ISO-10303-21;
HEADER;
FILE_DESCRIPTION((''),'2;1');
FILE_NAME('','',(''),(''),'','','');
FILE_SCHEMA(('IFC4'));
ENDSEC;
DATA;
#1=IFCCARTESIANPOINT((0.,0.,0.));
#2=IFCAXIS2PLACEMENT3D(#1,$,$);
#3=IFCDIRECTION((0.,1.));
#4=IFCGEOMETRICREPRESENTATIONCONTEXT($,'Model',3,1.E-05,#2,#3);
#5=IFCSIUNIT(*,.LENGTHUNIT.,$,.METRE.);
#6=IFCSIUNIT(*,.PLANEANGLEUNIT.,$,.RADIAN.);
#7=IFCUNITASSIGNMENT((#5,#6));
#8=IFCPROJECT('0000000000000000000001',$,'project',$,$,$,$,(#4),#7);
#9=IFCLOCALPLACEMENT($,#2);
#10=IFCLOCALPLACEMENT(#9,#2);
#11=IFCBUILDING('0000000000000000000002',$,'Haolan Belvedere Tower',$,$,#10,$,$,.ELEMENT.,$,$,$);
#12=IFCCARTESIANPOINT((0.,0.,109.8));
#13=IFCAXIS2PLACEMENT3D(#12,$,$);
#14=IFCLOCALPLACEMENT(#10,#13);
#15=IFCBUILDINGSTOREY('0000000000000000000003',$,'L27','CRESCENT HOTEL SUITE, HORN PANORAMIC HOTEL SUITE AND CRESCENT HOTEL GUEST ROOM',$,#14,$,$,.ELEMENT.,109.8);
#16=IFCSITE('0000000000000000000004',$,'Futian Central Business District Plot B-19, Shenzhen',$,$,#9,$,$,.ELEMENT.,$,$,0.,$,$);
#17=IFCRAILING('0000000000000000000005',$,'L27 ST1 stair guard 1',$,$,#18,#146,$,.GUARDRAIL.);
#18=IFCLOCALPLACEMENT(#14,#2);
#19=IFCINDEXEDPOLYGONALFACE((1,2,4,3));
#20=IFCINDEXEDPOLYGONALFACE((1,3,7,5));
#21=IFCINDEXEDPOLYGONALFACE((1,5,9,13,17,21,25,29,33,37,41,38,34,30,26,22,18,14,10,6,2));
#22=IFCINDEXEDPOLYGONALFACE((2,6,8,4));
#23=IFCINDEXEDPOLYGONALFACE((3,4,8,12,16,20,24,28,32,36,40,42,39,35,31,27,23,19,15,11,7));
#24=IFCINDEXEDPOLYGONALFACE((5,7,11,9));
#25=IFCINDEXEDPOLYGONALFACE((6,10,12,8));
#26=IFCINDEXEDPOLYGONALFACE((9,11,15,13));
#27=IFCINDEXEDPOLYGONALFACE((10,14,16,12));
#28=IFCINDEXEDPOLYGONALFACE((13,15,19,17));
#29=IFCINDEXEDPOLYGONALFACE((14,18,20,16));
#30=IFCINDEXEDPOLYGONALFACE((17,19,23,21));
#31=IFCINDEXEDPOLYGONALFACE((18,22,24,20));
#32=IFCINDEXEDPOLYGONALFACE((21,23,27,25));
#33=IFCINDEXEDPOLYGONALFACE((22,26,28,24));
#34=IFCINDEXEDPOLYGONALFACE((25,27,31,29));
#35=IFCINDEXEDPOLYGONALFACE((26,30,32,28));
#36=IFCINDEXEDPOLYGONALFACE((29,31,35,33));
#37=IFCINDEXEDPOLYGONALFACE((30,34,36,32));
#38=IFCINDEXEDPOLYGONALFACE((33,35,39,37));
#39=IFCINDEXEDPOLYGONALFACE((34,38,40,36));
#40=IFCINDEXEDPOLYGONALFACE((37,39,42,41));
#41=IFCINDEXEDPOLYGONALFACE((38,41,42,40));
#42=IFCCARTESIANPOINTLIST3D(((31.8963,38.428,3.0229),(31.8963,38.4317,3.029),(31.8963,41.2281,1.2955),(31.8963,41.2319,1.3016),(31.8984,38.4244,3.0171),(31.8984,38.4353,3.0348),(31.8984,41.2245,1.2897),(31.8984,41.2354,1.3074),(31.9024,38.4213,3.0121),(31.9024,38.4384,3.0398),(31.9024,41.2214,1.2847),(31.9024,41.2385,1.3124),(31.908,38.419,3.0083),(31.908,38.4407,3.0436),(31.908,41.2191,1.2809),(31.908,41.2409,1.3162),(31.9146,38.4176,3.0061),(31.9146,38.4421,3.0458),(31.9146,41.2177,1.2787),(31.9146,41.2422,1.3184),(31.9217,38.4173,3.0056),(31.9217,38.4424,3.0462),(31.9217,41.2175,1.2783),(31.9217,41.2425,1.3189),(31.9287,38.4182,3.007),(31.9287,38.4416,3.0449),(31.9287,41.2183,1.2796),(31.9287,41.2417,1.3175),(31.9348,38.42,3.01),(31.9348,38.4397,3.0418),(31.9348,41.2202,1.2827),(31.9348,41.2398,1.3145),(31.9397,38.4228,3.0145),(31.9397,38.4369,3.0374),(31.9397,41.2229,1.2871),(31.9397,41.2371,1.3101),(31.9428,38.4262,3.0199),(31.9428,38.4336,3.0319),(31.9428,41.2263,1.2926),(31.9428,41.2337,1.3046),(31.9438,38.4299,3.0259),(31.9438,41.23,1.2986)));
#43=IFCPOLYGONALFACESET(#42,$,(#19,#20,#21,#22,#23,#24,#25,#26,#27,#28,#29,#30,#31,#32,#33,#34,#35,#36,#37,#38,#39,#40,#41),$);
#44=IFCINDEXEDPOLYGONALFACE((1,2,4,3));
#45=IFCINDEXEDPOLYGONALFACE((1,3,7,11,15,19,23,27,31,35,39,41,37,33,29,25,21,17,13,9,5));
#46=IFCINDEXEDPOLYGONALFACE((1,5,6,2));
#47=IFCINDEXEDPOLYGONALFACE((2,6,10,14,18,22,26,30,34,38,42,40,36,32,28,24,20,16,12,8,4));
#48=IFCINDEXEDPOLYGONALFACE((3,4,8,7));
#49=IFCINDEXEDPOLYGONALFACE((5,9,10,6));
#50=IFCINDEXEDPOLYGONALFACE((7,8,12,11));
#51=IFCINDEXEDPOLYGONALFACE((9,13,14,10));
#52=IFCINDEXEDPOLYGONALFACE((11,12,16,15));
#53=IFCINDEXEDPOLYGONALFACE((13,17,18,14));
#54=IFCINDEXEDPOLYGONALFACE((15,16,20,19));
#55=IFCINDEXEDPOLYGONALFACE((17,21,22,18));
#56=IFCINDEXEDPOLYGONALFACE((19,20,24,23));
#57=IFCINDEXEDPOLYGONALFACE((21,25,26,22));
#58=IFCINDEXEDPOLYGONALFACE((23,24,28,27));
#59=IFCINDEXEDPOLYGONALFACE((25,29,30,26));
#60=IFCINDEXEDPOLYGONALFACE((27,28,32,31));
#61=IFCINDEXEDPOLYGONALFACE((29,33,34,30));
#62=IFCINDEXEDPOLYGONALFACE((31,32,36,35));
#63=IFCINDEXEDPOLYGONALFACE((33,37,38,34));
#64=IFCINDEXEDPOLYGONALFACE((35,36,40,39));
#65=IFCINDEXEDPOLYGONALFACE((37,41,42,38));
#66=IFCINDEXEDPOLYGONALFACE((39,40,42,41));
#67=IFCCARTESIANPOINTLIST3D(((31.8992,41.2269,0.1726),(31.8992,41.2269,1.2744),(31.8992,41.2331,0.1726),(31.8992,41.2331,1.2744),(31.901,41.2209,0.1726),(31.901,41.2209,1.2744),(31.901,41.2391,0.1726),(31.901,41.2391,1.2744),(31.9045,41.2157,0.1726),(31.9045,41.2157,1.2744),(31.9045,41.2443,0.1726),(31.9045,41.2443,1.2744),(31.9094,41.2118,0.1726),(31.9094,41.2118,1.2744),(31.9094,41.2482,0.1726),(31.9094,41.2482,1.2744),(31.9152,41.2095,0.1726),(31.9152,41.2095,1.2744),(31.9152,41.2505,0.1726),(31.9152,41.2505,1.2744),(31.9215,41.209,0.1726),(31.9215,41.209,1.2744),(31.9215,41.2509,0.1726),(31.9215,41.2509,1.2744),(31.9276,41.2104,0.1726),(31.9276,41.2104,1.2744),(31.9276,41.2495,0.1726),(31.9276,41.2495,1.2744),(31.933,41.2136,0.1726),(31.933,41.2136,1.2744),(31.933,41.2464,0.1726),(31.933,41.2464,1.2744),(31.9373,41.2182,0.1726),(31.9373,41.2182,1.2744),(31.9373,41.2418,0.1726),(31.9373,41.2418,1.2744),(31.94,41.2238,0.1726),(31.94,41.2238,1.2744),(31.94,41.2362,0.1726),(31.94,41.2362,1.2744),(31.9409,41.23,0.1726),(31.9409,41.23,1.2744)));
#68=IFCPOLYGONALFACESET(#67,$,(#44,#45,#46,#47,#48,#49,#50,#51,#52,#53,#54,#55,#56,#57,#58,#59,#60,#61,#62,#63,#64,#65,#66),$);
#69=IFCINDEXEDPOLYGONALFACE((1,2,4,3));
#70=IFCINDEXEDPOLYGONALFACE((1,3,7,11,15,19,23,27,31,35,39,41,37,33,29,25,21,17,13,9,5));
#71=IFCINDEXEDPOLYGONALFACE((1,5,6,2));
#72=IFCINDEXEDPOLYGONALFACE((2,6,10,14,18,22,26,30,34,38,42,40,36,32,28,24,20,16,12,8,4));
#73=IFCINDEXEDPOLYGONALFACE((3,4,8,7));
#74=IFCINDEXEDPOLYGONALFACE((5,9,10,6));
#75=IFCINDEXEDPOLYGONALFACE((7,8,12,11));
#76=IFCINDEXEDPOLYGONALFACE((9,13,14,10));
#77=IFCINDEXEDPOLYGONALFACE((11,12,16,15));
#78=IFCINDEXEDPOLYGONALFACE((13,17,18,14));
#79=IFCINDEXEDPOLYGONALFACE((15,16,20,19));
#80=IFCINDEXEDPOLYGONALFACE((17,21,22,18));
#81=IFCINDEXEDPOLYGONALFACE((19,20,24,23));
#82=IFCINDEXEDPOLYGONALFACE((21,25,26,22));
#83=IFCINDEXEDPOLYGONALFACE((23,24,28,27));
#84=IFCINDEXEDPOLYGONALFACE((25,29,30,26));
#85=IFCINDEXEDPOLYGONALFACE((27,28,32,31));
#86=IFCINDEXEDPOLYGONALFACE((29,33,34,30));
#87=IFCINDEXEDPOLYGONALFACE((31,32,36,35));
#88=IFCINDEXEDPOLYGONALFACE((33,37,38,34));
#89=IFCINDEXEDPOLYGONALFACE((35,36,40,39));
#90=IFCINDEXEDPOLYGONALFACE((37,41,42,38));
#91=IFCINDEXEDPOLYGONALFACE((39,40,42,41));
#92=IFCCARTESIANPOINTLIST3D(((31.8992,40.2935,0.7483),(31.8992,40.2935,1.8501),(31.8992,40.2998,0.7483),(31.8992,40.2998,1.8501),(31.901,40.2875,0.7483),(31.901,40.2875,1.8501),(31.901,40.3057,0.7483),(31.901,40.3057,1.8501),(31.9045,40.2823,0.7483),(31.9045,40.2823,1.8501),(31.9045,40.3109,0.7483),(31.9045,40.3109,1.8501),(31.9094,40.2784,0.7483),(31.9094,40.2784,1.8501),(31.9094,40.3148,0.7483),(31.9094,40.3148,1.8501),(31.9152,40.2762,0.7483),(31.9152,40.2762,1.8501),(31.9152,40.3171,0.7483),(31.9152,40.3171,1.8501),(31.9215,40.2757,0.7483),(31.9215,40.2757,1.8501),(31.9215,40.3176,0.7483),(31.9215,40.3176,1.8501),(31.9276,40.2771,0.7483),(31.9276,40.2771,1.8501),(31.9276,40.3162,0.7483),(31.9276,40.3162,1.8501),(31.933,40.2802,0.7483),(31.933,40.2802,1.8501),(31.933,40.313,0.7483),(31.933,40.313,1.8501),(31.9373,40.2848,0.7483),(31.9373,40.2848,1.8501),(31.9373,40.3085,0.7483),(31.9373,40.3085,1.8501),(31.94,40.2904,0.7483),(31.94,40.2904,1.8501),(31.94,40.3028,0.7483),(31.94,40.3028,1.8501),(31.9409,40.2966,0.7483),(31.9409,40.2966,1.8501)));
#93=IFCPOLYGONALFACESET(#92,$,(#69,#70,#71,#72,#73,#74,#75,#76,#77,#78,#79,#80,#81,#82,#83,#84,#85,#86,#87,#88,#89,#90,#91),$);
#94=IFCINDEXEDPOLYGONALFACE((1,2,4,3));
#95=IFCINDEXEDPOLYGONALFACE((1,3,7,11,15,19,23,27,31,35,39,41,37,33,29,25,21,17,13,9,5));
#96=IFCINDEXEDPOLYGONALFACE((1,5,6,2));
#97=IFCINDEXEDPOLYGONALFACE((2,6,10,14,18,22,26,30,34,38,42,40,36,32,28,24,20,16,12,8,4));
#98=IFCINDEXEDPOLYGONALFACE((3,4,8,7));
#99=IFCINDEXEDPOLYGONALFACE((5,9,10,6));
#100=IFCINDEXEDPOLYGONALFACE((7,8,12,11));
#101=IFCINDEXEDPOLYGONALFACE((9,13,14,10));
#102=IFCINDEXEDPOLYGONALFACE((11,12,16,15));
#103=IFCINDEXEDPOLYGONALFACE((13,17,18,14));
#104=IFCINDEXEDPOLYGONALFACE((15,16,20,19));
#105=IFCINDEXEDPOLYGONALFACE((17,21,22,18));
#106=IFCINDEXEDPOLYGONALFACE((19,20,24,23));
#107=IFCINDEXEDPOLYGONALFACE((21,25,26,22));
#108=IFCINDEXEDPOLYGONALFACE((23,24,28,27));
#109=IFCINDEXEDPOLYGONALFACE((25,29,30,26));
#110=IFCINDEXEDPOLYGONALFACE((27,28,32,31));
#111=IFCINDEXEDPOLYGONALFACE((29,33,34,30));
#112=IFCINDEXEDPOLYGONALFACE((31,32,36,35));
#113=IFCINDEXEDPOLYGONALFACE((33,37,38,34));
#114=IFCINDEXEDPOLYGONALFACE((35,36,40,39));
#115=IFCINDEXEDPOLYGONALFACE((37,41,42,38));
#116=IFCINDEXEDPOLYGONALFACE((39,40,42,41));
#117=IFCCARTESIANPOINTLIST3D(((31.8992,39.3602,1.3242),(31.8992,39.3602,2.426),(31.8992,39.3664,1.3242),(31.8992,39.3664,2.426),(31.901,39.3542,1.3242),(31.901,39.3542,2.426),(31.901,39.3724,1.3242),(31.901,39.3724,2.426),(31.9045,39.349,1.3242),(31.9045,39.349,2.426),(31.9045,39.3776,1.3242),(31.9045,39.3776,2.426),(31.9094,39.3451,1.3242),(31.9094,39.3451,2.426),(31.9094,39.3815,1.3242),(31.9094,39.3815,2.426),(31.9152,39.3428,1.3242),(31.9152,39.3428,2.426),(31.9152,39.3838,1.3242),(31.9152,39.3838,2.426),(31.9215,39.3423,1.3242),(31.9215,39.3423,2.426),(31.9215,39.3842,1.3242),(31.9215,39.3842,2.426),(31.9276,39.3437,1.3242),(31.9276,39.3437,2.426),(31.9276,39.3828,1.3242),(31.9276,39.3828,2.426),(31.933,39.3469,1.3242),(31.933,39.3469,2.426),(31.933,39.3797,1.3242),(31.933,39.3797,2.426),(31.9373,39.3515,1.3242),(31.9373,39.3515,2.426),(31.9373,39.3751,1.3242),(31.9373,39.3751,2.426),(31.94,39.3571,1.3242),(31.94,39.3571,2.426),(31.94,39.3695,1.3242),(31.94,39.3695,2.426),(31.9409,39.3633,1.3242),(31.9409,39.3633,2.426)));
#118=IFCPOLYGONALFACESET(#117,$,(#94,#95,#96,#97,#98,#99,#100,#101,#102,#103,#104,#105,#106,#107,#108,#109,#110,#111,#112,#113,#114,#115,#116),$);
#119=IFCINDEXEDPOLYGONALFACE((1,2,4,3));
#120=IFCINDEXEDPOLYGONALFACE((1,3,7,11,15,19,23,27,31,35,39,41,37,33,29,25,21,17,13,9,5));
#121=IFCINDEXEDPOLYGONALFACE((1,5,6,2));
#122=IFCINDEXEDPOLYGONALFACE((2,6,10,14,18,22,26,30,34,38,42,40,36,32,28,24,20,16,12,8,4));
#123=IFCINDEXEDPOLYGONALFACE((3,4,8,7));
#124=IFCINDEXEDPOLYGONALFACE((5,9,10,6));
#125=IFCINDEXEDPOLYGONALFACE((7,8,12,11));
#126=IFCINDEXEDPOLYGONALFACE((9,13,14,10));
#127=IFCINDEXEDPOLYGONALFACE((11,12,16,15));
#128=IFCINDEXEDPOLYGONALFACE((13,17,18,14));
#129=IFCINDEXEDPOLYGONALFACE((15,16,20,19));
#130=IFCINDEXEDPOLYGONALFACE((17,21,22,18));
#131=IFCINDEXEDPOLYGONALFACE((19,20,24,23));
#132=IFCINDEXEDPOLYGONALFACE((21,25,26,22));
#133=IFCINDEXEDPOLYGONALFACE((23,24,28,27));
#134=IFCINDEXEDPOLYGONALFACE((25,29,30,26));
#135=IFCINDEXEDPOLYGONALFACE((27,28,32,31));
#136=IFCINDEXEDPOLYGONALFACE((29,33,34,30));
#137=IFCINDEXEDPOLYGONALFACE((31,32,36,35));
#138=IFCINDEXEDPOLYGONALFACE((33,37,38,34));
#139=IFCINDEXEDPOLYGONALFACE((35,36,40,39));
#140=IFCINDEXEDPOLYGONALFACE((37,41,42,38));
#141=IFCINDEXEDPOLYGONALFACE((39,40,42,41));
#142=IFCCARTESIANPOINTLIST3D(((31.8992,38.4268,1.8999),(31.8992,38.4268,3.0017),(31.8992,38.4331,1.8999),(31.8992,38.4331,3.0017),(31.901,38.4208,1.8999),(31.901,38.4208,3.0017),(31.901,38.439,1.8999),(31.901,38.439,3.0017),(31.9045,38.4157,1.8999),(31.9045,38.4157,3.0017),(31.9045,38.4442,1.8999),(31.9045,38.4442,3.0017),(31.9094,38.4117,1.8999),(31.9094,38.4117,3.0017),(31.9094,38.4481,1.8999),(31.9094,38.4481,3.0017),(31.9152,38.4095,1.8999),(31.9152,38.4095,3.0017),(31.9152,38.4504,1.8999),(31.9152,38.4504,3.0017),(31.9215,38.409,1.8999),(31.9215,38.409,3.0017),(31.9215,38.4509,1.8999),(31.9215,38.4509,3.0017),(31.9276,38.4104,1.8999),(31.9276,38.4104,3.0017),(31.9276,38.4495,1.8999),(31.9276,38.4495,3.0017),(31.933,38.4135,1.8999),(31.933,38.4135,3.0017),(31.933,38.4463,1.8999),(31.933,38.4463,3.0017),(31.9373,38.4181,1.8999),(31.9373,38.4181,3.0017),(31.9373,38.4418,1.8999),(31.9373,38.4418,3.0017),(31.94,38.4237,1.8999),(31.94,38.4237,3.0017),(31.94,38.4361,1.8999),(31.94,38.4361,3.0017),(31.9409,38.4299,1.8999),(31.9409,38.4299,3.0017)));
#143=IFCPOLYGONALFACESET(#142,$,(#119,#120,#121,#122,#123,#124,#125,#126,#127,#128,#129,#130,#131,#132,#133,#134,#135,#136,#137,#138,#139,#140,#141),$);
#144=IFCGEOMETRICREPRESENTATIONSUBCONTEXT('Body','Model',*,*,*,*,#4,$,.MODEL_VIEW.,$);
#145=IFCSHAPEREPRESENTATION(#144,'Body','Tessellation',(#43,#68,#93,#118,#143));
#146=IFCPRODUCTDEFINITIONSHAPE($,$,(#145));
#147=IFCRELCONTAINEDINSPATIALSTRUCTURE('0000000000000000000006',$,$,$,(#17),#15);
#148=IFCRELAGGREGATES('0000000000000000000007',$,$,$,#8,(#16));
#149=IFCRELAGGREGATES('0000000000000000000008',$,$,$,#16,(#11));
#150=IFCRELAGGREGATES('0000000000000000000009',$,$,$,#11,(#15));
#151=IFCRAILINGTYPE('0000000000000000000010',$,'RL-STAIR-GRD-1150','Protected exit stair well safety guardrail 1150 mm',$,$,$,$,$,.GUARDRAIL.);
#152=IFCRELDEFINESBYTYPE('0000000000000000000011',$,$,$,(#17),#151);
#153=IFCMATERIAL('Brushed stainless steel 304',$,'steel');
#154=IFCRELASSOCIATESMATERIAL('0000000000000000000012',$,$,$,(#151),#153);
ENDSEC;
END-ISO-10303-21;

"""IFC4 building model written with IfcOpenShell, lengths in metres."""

from ifc_helpers import new_model, si_unit, direction, frame, origin, origin_2d, place, context, subcontext, project, spatial, circle, extrude, material, type_object, element, save


model = new_model("IFC4")

# Units and contexts
model_context = context("Model", 3, precision=1e-05, world=origin(), true_north=direction((0.0, 1.0)))
body_context = subcontext(model_context, "Body", "Model", "MODEL_VIEW")
ifc_project = project(units=[si_unit("LENGTHUNIT", "METRE"), si_unit("PLANEANGLEUNIT", "RADIAN")], contexts=[model_context])

# Site, building, storey
site_placement = place(None, origin())
site = spatial("IfcSite", under=ifc_project, at=site_placement, Name="Futian Central Business District Plot B-19, Shenzhen", CompositionType="ELEMENT", RefElevation=0.0)
building_placement = place(site_placement, origin())
building = spatial("IfcBuilding", under=site, at=building_placement, Name="Haolan Belvedere Tower", CompositionType="ELEMENT")
storey_placement = place(building_placement, frame((0.0, 0.0, 109.8)))
storey = spatial("IfcBuildingStorey", under=building, at=storey_placement, Name="L27", Description="CRESCENT HOTEL SUITE, HORN PANORAMIC HOTEL SUITE AND CRESCENT HOTEL GUEST ROOM", CompositionType="ELEMENT", Elevation=109.8)

# Railing
ifc_material_1 = material(Name="Brushed stainless steel 304", Category="steel")
railing_type = type_object("IfcRailingType", Name="RL-STAIR-GRD-1150", Description="Protected exit stair well safety guardrail 1150 mm", PredefinedType="GUARDRAIL", material=ifc_material_1)
railing_1_placement = place(storey_placement, frame((31.9199, 41.23, 0.1726)))
element("IfcRailing", 1, at=railing_1_placement, inside=storey, type_object=railing_type, Name="L27 ST1 stair guard 1", PredefinedType="GUARDRAIL", context=body_context, shape_type="SweptSolid", body=[
    extrude(circle(Radius=0.0239, at=origin_2d()), frame((0.0, 0.0, 1.126), z_axis=(0.0, -0.85109, 0.52502), x_axis=(1.0, 0.0, 0.0)), (0.0, 0.0, 1.0), 3.29),
    extrude(circle(Radius=0.021, at=origin_2d()), origin(), (0.0, 0.0, 1.0), 1.1018),
    extrude(circle(Radius=0.021, at=origin_2d()), frame((0.0, -0.9333, 0.5757)), (0.0, 0.0, 1.0), 1.1018),
    extrude(circle(Radius=0.021, at=origin_2d()), frame((0.0, -1.8667, 1.1516)), (0.0, 0.0, 1.0), 1.1018),
    extrude(circle(Radius=0.021, at=origin_2d()), frame((0.0, -2.8, 1.7273)), (0.0, 0.0, 1.0), 1.1018),
])

save(model, "model.ifc")
